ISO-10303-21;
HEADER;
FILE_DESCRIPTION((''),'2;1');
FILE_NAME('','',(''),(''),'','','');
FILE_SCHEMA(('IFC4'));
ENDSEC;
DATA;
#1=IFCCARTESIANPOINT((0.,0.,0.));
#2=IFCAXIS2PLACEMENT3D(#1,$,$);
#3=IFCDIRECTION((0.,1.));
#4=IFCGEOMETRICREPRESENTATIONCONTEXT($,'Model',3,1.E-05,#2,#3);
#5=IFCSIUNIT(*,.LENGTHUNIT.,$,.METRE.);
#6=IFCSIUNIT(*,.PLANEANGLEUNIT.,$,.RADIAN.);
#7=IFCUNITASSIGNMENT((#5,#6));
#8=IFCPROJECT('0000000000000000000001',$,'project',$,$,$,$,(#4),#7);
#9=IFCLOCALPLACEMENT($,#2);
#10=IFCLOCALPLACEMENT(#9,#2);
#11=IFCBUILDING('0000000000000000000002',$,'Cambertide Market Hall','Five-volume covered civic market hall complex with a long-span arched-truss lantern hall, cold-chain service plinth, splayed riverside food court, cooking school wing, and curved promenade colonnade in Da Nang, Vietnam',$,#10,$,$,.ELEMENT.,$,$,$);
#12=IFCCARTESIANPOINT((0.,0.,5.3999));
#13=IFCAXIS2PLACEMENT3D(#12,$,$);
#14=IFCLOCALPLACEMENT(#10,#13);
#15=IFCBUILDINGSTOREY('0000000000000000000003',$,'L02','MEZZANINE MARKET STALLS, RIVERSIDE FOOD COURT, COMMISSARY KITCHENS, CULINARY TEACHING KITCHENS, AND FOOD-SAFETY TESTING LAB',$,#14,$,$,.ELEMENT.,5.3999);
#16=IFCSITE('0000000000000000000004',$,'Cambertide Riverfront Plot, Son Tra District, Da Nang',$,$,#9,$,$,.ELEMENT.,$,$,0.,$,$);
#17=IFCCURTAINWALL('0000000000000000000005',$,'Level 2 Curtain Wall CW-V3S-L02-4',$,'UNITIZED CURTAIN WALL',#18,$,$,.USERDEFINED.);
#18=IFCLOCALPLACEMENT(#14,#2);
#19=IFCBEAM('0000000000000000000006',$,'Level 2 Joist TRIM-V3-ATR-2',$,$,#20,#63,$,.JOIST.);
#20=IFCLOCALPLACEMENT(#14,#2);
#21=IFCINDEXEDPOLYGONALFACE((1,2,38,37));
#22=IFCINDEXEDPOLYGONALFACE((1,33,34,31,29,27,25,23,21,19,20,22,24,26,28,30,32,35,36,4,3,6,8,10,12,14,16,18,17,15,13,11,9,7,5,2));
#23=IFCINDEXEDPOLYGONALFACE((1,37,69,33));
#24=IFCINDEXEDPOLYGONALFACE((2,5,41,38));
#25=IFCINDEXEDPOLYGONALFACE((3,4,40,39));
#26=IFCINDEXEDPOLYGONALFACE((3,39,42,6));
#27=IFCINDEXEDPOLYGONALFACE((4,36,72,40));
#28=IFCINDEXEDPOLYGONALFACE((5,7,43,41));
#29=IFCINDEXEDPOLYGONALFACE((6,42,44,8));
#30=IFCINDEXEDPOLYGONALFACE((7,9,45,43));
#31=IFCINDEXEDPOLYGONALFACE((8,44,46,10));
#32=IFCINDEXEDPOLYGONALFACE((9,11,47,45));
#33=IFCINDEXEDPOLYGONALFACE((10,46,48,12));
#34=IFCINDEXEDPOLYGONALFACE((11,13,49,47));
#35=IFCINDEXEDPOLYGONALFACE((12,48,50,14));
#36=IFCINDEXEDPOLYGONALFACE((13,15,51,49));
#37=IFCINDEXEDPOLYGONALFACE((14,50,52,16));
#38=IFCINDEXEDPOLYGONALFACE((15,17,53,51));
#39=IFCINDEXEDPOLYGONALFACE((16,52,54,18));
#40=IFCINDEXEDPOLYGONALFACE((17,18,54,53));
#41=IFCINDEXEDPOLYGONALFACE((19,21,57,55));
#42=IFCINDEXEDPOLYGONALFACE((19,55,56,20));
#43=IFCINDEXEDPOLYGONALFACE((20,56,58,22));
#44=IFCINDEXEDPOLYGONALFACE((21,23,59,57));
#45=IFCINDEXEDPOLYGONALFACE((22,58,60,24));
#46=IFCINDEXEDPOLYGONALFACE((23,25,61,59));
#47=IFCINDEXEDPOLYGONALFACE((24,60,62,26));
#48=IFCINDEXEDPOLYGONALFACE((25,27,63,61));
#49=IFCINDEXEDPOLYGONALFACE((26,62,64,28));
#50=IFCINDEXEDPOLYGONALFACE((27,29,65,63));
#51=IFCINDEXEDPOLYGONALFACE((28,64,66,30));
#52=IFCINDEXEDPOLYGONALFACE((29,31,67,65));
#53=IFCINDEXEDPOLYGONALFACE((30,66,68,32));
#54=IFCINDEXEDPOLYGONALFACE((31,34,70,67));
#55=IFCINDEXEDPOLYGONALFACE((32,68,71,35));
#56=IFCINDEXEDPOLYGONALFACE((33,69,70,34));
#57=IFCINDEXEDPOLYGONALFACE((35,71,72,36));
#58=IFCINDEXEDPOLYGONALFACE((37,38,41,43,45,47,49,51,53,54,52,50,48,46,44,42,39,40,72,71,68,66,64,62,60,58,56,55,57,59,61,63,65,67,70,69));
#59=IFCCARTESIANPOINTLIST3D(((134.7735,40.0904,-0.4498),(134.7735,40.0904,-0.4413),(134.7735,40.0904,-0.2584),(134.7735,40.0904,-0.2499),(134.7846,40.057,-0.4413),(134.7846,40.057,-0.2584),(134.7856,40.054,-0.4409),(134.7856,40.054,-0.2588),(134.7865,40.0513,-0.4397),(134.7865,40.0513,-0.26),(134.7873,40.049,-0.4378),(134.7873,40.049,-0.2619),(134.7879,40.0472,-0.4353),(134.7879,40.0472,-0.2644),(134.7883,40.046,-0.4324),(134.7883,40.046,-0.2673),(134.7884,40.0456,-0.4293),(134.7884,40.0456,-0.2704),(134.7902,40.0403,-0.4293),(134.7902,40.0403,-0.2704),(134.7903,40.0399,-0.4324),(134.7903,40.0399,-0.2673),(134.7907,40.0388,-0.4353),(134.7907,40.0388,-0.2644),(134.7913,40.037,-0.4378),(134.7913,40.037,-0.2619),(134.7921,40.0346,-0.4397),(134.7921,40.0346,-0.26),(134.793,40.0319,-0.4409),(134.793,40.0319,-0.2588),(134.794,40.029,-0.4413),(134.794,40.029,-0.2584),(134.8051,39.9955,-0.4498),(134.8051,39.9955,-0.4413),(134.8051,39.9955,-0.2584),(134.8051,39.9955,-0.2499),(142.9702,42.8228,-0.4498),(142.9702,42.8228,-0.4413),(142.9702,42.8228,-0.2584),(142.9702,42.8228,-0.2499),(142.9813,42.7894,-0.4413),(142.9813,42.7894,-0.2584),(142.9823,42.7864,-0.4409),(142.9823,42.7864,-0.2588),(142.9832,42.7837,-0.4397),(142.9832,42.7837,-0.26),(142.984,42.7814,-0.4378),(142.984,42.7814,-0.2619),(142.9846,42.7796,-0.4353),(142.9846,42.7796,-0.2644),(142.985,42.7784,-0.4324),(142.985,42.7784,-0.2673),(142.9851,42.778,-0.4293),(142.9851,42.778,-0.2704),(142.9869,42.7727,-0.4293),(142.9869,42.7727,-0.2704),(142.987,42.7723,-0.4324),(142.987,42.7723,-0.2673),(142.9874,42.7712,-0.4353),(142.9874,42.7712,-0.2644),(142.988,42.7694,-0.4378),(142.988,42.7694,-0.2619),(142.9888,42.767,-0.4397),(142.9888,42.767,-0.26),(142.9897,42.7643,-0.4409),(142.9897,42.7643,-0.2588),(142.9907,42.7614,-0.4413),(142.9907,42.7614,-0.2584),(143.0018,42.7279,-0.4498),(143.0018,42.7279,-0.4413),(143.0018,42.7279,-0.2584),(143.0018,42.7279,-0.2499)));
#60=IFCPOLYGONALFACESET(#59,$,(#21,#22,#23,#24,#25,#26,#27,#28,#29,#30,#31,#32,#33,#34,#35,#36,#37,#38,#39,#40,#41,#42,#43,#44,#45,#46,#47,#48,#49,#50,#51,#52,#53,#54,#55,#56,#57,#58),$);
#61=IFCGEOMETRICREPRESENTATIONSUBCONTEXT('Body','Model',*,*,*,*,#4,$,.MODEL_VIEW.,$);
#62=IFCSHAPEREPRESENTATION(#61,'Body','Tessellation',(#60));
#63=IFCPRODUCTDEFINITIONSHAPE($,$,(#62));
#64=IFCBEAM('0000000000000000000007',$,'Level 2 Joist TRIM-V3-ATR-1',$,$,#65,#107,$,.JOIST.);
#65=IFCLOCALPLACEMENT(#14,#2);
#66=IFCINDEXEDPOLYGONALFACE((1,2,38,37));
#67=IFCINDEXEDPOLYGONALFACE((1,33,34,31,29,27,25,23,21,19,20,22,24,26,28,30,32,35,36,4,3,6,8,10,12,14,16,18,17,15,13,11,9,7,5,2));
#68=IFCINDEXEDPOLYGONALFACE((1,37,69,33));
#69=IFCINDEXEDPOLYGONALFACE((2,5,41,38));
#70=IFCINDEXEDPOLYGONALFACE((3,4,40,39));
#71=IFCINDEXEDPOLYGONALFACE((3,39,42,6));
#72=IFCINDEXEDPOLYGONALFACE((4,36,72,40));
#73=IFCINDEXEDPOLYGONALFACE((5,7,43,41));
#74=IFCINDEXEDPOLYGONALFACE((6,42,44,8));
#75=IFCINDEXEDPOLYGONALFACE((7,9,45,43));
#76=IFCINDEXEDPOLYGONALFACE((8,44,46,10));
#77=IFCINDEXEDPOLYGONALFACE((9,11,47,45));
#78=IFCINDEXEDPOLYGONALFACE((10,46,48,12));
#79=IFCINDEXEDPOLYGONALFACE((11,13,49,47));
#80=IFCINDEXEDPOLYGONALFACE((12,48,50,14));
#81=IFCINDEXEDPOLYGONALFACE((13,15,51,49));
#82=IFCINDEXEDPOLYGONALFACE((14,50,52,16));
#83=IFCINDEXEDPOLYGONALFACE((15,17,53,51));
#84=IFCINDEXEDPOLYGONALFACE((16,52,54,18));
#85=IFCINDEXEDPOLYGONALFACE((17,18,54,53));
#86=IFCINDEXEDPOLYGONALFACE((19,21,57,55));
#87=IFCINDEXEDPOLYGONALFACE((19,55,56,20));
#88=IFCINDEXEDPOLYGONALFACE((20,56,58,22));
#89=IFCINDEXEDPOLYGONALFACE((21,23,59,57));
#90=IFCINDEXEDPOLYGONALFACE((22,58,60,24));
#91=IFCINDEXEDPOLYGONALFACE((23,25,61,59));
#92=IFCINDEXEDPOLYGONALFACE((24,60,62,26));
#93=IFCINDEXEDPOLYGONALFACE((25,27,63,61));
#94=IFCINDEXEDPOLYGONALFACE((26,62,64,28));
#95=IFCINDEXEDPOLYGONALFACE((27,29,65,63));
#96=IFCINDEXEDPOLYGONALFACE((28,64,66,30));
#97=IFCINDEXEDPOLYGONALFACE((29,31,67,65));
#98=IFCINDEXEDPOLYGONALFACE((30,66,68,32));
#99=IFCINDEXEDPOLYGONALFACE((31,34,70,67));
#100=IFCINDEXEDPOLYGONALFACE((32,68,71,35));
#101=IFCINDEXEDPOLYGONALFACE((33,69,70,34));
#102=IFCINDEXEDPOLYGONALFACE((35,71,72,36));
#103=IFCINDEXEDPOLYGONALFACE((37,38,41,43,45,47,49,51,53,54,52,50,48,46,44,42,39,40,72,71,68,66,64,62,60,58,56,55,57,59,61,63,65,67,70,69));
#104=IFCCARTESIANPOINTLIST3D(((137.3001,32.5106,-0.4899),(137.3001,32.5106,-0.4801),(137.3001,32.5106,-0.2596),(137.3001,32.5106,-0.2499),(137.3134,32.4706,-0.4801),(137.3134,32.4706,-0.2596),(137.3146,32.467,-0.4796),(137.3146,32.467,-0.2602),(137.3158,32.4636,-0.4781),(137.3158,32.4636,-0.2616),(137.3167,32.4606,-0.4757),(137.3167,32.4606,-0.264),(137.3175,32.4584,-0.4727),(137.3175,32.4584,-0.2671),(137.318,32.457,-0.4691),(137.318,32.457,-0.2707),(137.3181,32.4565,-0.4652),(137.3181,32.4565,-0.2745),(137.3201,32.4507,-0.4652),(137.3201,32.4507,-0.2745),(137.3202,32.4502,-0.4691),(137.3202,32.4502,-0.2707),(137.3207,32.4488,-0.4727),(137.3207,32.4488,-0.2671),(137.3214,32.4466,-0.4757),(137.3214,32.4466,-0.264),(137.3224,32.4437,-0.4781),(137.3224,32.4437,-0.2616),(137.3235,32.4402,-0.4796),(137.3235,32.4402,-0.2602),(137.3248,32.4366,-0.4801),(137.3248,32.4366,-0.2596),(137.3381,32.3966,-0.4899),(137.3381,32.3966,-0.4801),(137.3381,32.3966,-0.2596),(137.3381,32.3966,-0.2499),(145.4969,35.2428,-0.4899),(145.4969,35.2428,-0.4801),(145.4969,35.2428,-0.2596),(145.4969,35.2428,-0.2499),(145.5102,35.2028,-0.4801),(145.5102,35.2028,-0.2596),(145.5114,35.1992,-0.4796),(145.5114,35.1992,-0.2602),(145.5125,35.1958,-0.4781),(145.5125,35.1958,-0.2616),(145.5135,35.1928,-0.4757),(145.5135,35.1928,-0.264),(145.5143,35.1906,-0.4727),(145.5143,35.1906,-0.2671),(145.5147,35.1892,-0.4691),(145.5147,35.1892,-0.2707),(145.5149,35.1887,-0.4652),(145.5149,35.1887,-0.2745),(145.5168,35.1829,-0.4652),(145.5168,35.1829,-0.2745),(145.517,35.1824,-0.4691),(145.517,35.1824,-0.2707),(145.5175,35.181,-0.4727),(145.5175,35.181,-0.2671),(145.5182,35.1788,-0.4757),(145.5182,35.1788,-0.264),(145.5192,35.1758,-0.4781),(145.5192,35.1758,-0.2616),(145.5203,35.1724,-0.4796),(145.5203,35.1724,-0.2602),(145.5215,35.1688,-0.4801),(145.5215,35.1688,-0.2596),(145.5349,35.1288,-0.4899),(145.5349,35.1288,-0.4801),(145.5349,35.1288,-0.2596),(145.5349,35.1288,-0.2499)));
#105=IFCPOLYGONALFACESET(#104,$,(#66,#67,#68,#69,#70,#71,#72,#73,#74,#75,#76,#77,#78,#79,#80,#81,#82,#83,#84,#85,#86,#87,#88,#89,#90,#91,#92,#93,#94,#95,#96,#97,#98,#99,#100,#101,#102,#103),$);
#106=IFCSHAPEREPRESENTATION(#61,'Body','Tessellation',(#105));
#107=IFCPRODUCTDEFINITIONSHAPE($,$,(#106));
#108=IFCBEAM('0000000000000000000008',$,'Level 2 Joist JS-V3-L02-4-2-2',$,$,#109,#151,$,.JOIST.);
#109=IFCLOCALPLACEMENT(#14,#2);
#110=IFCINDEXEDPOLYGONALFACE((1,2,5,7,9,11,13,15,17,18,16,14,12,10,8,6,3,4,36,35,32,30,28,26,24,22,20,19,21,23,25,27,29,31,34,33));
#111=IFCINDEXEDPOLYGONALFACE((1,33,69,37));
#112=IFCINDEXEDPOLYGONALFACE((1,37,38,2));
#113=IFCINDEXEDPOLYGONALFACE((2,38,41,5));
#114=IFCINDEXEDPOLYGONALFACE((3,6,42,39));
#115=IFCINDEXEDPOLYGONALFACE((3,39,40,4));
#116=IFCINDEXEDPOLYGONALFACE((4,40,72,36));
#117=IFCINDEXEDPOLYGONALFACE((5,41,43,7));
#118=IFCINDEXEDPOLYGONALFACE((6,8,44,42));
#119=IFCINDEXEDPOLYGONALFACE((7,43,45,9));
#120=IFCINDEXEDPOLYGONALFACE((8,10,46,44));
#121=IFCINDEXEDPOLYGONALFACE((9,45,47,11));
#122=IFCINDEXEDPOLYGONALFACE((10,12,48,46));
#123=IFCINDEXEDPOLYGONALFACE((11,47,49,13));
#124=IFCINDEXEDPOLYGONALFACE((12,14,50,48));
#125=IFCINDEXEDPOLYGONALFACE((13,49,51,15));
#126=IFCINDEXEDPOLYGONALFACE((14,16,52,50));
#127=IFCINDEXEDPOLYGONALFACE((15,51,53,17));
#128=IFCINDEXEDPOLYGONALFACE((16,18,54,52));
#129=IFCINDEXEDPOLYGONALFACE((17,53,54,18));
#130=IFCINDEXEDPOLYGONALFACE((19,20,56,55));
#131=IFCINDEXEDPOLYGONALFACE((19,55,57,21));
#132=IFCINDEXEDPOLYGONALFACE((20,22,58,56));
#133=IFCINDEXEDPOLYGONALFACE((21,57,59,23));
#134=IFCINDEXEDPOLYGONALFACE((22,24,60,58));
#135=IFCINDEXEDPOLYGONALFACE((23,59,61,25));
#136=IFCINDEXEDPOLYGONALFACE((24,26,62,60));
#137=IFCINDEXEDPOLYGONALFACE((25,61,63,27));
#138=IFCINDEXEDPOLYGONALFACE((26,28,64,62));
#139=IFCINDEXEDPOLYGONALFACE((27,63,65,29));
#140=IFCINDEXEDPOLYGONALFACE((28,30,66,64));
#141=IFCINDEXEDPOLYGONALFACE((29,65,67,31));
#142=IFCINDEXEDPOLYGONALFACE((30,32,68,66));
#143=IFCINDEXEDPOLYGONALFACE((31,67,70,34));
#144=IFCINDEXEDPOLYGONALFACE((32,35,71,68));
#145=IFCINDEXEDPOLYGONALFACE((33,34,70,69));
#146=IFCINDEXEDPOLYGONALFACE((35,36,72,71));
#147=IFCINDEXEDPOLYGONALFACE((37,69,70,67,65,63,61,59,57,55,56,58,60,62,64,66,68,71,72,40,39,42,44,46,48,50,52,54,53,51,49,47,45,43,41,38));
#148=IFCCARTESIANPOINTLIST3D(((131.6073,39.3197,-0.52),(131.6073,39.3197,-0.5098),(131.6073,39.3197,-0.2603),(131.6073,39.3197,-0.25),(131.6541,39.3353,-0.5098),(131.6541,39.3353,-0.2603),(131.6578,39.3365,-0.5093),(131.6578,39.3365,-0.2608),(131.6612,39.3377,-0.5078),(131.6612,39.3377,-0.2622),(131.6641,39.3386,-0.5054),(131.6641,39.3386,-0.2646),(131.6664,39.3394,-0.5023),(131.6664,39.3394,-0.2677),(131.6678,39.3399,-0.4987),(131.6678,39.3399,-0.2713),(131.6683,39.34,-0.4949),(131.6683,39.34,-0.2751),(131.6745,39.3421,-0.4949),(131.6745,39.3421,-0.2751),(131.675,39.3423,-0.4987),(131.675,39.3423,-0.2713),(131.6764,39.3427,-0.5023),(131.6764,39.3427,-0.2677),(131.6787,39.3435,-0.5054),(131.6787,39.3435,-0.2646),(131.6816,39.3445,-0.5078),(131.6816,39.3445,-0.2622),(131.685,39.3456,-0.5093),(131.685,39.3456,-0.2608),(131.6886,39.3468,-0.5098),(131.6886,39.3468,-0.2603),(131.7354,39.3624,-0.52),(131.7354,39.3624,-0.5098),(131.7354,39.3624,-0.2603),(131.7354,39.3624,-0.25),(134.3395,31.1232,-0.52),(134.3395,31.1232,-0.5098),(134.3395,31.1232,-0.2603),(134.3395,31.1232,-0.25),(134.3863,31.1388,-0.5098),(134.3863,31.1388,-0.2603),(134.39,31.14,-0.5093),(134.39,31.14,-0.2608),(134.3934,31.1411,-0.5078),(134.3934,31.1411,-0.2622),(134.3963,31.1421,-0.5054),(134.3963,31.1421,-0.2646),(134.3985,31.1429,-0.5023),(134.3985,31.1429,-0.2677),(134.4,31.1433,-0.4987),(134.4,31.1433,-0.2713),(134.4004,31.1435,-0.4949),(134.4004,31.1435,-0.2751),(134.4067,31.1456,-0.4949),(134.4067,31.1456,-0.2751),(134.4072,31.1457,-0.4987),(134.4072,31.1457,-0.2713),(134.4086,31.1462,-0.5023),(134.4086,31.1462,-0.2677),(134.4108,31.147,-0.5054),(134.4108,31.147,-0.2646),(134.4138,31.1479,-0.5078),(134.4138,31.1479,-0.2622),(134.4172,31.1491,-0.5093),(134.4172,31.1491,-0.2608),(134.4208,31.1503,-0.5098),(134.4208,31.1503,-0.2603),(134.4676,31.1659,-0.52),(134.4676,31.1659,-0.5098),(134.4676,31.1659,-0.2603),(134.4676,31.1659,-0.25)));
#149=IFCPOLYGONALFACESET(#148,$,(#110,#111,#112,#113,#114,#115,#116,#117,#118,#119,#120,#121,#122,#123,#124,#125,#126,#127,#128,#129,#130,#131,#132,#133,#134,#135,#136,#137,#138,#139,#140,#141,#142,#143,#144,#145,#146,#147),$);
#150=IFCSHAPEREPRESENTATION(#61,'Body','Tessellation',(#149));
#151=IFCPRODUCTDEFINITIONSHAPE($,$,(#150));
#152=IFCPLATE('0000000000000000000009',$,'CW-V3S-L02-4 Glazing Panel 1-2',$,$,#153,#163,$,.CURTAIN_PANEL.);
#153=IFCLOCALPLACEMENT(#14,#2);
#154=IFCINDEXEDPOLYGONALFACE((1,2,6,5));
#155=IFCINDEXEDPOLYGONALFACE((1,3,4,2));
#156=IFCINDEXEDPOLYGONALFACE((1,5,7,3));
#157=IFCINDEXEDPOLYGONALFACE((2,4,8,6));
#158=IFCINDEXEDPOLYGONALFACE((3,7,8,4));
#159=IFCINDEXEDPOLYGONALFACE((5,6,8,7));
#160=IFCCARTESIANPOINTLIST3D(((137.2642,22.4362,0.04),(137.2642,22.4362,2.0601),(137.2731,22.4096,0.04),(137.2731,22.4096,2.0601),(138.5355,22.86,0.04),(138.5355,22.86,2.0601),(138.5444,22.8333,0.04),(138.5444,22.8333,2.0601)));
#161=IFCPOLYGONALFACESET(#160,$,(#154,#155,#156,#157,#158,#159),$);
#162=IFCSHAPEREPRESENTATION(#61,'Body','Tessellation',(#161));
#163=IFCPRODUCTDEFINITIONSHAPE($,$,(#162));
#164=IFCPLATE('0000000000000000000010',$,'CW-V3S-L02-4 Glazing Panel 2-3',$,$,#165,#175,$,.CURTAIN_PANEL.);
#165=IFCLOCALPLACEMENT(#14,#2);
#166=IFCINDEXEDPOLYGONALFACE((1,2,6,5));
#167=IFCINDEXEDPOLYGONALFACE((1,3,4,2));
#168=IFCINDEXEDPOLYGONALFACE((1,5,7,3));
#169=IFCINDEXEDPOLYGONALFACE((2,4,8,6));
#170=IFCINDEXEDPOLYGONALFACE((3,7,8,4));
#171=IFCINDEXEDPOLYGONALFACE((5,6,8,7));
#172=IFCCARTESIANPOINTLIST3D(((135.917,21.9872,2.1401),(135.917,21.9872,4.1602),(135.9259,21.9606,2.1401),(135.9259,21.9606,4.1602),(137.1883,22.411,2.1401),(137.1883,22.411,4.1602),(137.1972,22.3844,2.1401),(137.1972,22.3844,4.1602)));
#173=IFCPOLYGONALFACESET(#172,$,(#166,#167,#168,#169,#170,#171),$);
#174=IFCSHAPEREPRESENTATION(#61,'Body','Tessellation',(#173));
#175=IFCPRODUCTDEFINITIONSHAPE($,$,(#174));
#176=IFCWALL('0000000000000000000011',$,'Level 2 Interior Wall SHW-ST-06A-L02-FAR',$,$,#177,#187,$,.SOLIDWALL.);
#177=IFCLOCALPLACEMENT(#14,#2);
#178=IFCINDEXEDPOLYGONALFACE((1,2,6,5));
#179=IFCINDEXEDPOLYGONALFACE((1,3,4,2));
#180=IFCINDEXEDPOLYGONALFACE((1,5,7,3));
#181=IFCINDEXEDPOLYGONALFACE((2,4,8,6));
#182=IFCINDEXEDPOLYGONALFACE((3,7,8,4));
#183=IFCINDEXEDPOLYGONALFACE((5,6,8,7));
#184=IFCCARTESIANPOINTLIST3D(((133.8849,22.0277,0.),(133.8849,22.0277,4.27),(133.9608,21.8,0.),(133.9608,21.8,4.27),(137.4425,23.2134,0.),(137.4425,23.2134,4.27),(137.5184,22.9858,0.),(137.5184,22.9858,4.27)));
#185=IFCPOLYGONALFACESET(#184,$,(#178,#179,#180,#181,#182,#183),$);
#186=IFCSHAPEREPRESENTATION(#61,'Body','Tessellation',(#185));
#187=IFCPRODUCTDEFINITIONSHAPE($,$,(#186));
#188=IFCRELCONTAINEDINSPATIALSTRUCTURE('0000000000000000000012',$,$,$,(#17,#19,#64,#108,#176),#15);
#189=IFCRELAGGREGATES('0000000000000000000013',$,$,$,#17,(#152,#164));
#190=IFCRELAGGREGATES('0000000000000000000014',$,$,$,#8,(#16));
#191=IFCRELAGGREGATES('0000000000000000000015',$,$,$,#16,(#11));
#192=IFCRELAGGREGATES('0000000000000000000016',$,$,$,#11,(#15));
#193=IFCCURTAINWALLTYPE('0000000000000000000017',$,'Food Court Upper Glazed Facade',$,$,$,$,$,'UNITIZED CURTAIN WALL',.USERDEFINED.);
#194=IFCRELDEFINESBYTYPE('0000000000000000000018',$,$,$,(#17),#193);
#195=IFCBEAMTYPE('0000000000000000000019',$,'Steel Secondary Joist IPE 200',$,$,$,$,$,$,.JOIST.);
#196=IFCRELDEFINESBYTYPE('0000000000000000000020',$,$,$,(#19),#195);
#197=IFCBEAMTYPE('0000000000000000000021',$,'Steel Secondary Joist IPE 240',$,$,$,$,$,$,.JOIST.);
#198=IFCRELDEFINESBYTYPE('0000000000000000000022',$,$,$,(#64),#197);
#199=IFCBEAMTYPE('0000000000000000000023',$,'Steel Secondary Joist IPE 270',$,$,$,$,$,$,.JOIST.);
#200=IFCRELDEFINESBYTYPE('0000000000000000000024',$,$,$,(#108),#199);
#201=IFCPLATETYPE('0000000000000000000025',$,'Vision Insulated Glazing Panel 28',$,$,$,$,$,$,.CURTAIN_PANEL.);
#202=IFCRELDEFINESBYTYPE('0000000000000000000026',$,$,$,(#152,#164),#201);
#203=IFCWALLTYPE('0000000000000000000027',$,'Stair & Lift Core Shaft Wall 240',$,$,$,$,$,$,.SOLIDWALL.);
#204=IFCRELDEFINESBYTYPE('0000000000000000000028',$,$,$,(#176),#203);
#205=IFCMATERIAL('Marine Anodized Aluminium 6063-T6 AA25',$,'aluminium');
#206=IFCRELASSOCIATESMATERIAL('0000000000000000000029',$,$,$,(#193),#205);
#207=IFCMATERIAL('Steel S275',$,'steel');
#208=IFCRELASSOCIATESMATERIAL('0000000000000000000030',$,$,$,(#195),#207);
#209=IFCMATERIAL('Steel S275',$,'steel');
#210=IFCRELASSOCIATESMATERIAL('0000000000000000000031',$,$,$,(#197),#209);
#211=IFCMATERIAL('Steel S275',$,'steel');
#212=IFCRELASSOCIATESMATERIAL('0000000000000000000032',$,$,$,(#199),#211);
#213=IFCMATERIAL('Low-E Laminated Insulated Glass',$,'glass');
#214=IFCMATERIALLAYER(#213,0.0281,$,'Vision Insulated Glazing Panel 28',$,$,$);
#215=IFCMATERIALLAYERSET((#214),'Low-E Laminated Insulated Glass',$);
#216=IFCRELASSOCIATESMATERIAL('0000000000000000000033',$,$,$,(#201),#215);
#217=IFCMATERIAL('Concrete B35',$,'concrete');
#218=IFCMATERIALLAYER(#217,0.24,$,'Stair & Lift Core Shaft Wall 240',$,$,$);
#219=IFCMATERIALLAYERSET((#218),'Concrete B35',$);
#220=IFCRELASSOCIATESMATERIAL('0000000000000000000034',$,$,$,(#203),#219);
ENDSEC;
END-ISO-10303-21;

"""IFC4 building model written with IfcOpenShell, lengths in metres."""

from ifc_helpers import new_model, si_unit, direction, frame, frame_2d, origin, origin_2d, place, context, subcontext, project, spatial, rectangle, i_section, extrude, material, layer, layer_set, material_profile, profile_set, type_object, element, aggregate, save


model = new_model("IFC4")

# Units and contexts
model_context = context("Model", 3, precision=1e-05, world=origin(), true_north=direction((0.0, 1.0)))
body_context = subcontext(model_context, "Body", "Model", "MODEL_VIEW")
ifc_project = project(units=[si_unit("LENGTHUNIT", "METRE"), si_unit("PLANEANGLEUNIT", "RADIAN")], contexts=[model_context])

# Site, building, storey
site_placement = place(None, origin())
site = spatial("IfcSite", under=ifc_project, at=site_placement, Name="Cambertide Riverfront Plot, Son Tra District, Da Nang", CompositionType="ELEMENT", RefElevation=0.0)
building_placement = place(site_placement, origin())
building = spatial("IfcBuilding", under=site, at=building_placement, Name="Cambertide Market Hall", Description="Five-volume covered civic market hall complex with a long-span arched-truss lantern hall, cold-chain service plinth, splayed riverside food court, cooking school wing, and curved promenade colonnade in Da Nang, Vietnam", CompositionType="ELEMENT")
storey_placement = place(building_placement, frame((0.0, 0.0, 5.3999)))
storey = spatial("IfcBuildingStorey", under=building, at=storey_placement, Name="L02", Description="MEZZANINE MARKET STALLS, RIVERSIDE FOOD COURT, COMMISSARY KITCHENS, CULINARY TEACHING KITCHENS, AND FOOD-SAFETY TESTING LAB", CompositionType="ELEMENT", Elevation=5.3999)

# Curtain wall
ifc_material_1 = material(Name="Marine Anodized Aluminium 6063-T6 AA25", Category="aluminium")
curtain_wall_type = type_object("IfcCurtainWallType", Name="Food Court Upper Glazed Facade", ElementType="UNITIZED CURTAIN WALL", PredefinedType="USERDEFINED", material=ifc_material_1)
curtain_wall_placement = place(storey_placement, origin())
curtain_wall = element("IfcCurtainWall", 1, at=curtain_wall_placement, inside=storey, type_object=curtain_wall_type, Name="Level 2 Curtain Wall CW-V3S-L02-4", ObjectType="UNITIZED CURTAIN WALL", PredefinedType="USERDEFINED")

# Beams
ifc_material_2 = material(Name="Steel S275", Category="steel")
ifc_material_profile_1 = material_profile(ifc_material_2, i_section(OverallWidth=0.1001, OverallDepth=0.2, WebThickness=0.0056, FlangeThickness=0.0085, FilletRadius=0.012, at=origin_2d()), Name="IPE 200")
ifc_profile_set_1 = profile_set([ifc_material_profile_1], Name="Steel S275")
beam_type_1 = type_object("IfcBeamType", Name="Steel Secondary Joist IPE 200", PredefinedType="JOIST", material=ifc_profile_set_1)
beam_1_placement = place(storey_placement, frame((134.7893, 40.043, -0.3499), z_axis=(0.948678, 0.316245, 0.0), x_axis=(-0.316245, 0.948678, 0.0)))
element("IfcBeam", 2, at=beam_1_placement, inside=storey, type_object=beam_type_1, Name="Level 2 Joist TRIM-V3-ATR-2", PredefinedType="JOIST", context=body_context, shape_type="SweptSolid", body=[
    extrude(i_section(OverallWidth=0.1001, OverallDepth=0.2, WebThickness=0.0056, FlangeThickness=0.0085, FilletRadius=0.012, at=origin_2d()), origin(), (0.0, 0.0, 1.0), 8.6401),
])
ifc_material_3 = material(Name="Steel S275", Category="steel")
ifc_material_profile_2 = material_profile(ifc_material_3, i_section(OverallWidth=0.1201, OverallDepth=0.24, WebThickness=0.0061, FlangeThickness=0.0098, FilletRadius=0.0149, at=origin_2d()), Name="IPE 240")
ifc_profile_set_2 = profile_set([ifc_material_profile_2], Name="Steel S275")
beam_type_2 = type_object("IfcBeamType", Name="Steel Secondary Joist IPE 240", PredefinedType="JOIST", material=ifc_profile_set_2)
beam_2_placement = place(storey_placement, frame((137.3191, 32.4536, -0.3699), z_axis=(0.948686, 0.316219, 0.0), x_axis=(-0.316219, 0.948686, 0.0)))
element("IfcBeam", 3, at=beam_2_placement, inside=storey, type_object=beam_type_2, Name="Level 2 Joist TRIM-V3-ATR-1", PredefinedType="JOIST", context=body_context, shape_type="SweptSolid", body=[
    extrude(i_section(OverallWidth=0.1201, OverallDepth=0.24, WebThickness=0.0061, FlangeThickness=0.0098, FilletRadius=0.0149, at=origin_2d()), origin(), (0.0, 0.0, 1.0), 8.6401),
])
ifc_material_4 = material(Name="Steel S275", Category="steel")
ifc_material_profile_3 = material_profile(ifc_material_4, i_section(OverallWidth=0.135, OverallDepth=0.27, WebThickness=0.0066, FlangeThickness=0.0103, FilletRadius=0.0149, at=origin_2d()), Name="IPE 270")
ifc_profile_set_3 = profile_set([ifc_material_profile_3], Name="Steel S275")
beam_type_3 = type_object("IfcBeamType", Name="Steel Secondary Joist IPE 270", PredefinedType="JOIST", material=ifc_profile_set_3)
beam_3_placement = place(storey_placement, frame((134.4036, 31.1445, -0.385), z_axis=(-0.316228, 0.948683, 0.0), x_axis=(-0.948683, -0.316228, 0.0)))
element("IfcBeam", 4, at=beam_3_placement, inside=storey, type_object=beam_type_3, Name="Level 2 Joist JS-V3-L02-4-2-2", PredefinedType="JOIST", context=body_context, shape_type="SweptSolid", body=[
    extrude(i_section(OverallWidth=0.135, OverallDepth=0.27, WebThickness=0.0066, FlangeThickness=0.0103, FilletRadius=0.0149, at=origin_2d()), origin(), (0.0, 0.0, 1.0), 8.6399),
])

# Plates
ifc_material_5 = material(Name="Low-E Laminated Insulated Glass", Category="glass")
ifc_layer_1 = layer(ifc_material_5, 0.0281, Name="Vision Insulated Glazing Panel 28")
ifc_layer_set_1 = layer_set([ifc_layer_1], Name="Low-E Laminated Insulated Glass")
plate_type = type_object("IfcPlateType", Name="Vision Insulated Glazing Panel 28", PredefinedType="CURTAIN_PANEL", material=ifc_layer_set_1)
plate_1_placement = place(storey_placement, frame((137.9043, 22.6348, 0.04), z_axis=(0.0, 0.0, 1.0), x_axis=(-0.948683, -0.316228, 0.0)))
plate_1 = element("IfcPlate", 5, at=plate_1_placement, type_object=plate_type, Name="CW-V3S-L02-4 Glazing Panel 1-2", PredefinedType="CURTAIN_PANEL", context=body_context, shape_type="SweptSolid", body=[
    extrude(rectangle(XDim=1.3401, YDim=0.0281, at=origin_2d()), origin(), (0.0, 0.0, 1.0), 2.02),
])
plate_2_placement = place(storey_placement, frame((136.5571, 22.1858, 2.1401), z_axis=(0.0, 0.0, 1.0), x_axis=(-0.948683, -0.316228, 0.0)))
plate_2 = element("IfcPlate", 6, at=plate_2_placement, type_object=plate_type, Name="CW-V3S-L02-4 Glazing Panel 2-3", PredefinedType="CURTAIN_PANEL", context=body_context, shape_type="SweptSolid", body=[
    extrude(rectangle(XDim=1.3401, YDim=0.0281, at=origin_2d()), origin(), (0.0, 0.0, 1.0), 2.02),
])
aggregate(curtain_wall, [plate_1, plate_2])

# Wall
ifc_material_6 = material(Name="Concrete B35", Category="concrete")
ifc_layer_2 = layer(ifc_material_6, 0.24, Name="Stair & Lift Core Shaft Wall 240")
ifc_layer_set_2 = layer_set([ifc_layer_2], Name="Concrete B35")
wall_type = type_object("IfcWallType", Name="Stair & Lift Core Shaft Wall 240", PredefinedType="SOLIDWALL", material=ifc_layer_set_2)
wall_placement = place(storey_placement, frame((137.4805, 23.0996, 0.0), z_axis=(0.0, 0.0, 1.0), x_axis=(-0.94869, -0.316208, 0.0)))
element("IfcWall", 7, at=wall_placement, inside=storey, type_object=wall_type, Name="Level 2 Interior Wall SHW-ST-06A-L02-FAR", PredefinedType="SOLIDWALL", context=body_context, shape_type="SweptSolid", body=[
    extrude(rectangle(XDim=3.75, YDim=0.24, at=frame_2d((1.875, 0.0))), origin(), (0.0, 0.0, 1.0), 4.27),
])

save(model, "model.ifc")
